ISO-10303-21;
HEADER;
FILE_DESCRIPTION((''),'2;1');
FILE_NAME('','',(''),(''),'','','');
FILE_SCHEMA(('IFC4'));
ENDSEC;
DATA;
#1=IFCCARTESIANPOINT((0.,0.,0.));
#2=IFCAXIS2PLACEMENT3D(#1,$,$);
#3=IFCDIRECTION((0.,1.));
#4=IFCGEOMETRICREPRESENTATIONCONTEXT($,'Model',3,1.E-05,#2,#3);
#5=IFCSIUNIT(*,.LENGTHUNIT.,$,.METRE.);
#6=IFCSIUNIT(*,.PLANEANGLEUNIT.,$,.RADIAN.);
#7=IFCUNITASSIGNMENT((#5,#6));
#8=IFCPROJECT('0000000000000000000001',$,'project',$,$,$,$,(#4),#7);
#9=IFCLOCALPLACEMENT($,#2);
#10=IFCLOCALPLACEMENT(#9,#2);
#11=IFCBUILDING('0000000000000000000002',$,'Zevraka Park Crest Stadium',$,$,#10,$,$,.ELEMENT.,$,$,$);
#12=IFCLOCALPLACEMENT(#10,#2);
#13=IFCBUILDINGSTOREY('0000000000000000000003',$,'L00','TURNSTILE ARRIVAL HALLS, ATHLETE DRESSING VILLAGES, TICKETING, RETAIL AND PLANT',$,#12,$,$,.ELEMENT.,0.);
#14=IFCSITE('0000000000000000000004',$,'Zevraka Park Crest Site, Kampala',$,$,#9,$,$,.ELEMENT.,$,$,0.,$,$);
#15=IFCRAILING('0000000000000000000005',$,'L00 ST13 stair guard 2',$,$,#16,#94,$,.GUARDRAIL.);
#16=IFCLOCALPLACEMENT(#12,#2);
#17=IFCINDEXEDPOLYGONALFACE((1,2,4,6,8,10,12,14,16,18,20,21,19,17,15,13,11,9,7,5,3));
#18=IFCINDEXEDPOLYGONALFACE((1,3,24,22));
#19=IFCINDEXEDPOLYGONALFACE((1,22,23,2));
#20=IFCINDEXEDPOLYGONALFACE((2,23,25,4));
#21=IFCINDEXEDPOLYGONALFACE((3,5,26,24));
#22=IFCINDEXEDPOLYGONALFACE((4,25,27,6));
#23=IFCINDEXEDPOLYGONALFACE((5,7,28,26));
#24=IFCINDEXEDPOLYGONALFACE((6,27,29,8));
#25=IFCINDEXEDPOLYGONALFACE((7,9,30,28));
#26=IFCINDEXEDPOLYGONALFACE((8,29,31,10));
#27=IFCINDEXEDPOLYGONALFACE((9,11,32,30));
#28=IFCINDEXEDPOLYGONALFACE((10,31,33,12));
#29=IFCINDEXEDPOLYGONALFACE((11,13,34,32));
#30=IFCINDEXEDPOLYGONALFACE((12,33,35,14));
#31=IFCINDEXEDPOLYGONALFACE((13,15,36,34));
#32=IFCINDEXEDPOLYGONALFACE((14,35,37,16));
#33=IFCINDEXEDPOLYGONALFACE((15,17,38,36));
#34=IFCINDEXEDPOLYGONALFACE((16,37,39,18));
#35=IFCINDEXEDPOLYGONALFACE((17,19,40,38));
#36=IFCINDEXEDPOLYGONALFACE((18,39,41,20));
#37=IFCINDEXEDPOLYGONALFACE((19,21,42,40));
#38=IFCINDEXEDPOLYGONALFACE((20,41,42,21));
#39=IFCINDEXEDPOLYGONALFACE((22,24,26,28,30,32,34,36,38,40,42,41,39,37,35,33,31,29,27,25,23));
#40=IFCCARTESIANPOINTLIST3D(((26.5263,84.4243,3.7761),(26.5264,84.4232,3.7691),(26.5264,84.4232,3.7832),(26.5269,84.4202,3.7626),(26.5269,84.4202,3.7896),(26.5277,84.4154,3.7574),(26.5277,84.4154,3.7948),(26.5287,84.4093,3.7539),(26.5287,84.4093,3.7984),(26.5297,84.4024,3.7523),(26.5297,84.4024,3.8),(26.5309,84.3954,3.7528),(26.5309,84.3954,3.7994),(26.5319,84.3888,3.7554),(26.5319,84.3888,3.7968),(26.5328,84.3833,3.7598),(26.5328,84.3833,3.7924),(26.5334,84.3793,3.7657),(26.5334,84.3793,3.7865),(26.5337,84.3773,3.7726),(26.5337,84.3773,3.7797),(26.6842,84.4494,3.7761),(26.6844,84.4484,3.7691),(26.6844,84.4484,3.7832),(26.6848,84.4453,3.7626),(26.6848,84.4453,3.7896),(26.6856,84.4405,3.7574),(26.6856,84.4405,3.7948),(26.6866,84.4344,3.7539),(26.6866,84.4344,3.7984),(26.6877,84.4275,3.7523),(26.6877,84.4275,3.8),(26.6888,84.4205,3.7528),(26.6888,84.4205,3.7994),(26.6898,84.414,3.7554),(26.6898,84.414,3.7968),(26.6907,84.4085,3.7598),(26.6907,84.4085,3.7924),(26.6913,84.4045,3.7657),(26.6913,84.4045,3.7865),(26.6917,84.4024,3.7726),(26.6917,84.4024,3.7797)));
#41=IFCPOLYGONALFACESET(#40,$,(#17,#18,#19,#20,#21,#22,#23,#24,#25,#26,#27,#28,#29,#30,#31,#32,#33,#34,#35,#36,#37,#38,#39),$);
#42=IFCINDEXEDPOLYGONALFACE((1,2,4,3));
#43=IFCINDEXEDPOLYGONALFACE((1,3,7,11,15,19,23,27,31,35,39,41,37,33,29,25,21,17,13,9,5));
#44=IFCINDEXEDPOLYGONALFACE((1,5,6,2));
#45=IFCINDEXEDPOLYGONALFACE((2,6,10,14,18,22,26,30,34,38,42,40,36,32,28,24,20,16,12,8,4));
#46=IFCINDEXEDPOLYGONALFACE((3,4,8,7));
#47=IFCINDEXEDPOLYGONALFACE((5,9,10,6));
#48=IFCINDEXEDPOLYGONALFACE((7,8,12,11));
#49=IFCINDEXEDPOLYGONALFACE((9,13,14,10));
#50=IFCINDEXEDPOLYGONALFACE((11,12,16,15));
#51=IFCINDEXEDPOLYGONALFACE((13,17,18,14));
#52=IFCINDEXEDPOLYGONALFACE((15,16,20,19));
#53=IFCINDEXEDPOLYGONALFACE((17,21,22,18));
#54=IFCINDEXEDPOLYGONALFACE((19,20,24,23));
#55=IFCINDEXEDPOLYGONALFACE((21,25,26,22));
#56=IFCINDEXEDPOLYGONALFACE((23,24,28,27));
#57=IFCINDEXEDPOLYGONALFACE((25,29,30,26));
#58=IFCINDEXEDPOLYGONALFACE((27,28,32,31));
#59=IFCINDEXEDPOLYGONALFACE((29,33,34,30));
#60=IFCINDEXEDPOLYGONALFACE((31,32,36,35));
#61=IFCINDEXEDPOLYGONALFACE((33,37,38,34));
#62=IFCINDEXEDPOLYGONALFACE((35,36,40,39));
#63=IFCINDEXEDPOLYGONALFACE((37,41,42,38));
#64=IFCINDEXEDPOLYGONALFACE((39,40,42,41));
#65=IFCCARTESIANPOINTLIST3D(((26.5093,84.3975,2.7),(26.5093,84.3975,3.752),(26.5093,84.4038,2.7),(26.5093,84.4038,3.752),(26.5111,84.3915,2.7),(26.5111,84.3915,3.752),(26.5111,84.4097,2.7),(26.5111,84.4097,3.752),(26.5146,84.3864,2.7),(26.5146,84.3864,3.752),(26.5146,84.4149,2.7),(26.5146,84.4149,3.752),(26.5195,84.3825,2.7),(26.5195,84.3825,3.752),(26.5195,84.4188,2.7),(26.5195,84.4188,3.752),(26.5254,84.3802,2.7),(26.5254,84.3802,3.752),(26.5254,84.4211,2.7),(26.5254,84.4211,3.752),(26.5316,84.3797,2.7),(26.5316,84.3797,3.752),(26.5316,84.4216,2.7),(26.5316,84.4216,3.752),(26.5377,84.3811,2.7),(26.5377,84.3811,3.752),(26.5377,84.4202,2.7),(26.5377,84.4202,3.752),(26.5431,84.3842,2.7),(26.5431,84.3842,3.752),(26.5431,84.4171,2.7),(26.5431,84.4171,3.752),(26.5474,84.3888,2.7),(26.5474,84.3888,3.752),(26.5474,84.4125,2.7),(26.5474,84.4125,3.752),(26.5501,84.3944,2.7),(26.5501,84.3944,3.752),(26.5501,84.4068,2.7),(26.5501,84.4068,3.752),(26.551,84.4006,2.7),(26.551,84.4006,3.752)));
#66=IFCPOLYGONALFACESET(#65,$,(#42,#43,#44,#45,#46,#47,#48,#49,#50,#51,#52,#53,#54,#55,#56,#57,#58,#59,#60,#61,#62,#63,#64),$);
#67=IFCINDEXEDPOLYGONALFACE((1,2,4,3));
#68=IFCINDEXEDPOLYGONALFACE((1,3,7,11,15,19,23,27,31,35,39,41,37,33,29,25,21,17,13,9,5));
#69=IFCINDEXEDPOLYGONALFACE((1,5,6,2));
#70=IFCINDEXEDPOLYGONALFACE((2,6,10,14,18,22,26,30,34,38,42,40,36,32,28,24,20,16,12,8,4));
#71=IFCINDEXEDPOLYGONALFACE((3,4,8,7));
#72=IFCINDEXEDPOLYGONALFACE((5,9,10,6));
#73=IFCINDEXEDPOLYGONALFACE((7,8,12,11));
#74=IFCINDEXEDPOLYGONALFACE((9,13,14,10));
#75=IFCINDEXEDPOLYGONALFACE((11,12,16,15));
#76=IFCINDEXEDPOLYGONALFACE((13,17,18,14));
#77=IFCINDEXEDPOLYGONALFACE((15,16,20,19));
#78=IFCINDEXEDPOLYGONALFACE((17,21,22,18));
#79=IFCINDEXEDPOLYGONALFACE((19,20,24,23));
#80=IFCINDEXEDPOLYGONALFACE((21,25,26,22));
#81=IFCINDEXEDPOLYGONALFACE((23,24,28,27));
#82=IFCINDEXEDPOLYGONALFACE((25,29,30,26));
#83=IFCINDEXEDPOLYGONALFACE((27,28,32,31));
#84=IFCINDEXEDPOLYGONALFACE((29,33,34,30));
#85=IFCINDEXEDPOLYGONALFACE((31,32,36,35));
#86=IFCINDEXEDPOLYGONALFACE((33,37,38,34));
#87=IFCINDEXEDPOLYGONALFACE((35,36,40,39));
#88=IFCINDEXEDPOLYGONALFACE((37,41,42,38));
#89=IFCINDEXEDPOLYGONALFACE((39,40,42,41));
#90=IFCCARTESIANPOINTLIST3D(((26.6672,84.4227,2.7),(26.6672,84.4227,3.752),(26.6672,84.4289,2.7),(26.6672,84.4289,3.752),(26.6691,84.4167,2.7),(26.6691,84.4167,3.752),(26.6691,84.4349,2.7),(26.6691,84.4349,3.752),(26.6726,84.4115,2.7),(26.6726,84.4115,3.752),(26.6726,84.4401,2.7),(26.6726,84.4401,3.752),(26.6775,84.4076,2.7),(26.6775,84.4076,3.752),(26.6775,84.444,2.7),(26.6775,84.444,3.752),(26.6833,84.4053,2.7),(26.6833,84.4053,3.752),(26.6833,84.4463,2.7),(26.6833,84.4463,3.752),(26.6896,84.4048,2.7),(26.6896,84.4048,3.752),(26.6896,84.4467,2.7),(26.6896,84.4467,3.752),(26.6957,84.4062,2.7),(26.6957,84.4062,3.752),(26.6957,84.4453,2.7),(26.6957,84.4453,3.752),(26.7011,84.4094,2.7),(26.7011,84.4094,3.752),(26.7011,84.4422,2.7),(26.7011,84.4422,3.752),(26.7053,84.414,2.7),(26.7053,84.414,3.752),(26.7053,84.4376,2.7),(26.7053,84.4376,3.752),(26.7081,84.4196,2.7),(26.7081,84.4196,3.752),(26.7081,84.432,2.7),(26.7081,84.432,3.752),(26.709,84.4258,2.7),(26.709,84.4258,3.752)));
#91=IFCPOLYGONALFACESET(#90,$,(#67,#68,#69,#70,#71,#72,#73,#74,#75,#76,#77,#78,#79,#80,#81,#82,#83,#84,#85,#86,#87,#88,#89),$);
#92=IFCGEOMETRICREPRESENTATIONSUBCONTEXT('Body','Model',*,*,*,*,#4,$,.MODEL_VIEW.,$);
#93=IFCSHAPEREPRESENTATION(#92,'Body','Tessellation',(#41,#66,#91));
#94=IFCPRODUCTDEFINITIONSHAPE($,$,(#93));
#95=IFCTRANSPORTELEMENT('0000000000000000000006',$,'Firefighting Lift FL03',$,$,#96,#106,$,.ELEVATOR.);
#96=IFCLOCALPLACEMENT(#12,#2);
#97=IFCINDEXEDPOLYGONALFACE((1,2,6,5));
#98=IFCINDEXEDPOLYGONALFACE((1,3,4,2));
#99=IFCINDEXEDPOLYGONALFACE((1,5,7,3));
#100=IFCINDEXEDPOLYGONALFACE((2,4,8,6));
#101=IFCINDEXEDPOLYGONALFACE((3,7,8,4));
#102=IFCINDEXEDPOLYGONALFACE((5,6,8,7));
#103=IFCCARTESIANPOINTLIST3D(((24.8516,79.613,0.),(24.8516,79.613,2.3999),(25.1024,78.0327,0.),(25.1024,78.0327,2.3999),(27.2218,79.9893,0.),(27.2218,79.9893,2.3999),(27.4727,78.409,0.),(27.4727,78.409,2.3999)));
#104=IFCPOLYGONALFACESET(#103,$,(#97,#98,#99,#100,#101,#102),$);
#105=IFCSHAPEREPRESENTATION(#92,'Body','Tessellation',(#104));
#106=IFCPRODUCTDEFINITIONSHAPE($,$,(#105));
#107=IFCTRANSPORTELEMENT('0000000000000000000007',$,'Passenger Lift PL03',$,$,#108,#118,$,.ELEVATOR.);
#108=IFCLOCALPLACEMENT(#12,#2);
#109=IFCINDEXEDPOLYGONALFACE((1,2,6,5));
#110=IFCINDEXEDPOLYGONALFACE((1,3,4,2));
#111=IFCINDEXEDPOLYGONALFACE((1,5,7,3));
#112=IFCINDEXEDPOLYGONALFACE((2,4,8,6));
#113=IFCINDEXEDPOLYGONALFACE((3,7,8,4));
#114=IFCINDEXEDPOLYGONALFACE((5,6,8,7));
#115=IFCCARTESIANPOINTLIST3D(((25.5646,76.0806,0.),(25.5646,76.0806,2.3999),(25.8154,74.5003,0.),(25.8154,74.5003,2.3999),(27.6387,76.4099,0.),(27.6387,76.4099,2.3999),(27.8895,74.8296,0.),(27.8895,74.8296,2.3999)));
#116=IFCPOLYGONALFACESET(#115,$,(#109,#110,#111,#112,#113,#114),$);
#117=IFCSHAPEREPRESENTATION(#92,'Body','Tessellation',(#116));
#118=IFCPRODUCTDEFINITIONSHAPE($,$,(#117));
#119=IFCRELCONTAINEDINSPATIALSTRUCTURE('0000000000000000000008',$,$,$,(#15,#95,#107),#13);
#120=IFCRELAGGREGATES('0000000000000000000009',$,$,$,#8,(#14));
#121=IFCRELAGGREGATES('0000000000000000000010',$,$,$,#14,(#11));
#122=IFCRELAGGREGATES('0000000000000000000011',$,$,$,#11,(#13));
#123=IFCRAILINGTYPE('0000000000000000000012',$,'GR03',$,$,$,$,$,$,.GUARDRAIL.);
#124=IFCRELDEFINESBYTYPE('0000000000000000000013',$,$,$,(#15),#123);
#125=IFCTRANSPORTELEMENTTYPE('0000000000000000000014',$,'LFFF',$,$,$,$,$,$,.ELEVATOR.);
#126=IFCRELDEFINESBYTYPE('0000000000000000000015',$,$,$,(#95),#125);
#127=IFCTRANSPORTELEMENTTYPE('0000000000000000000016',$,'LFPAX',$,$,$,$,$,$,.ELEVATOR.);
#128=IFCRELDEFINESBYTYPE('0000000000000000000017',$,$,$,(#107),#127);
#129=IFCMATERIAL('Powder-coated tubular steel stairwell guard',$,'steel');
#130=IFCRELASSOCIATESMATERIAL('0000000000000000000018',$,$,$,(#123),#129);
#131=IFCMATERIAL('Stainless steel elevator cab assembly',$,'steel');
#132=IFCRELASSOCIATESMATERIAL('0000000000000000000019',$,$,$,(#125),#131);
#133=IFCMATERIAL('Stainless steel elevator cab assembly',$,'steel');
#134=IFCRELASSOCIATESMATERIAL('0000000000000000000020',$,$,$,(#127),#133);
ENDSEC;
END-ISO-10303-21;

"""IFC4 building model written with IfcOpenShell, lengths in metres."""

from ifc_helpers import new_model, si_unit, direction, frame, origin, origin_2d, place, context, subcontext, project, spatial, rectangle, circle, extrude, material, type_object, element, save


model = new_model("IFC4")

# Units and contexts
model_context = context("Model", 3, precision=1e-05, world=origin(), true_north=direction((0.0, 1.0)))
body_context = subcontext(model_context, "Body", "Model", "MODEL_VIEW")
ifc_project = project(units=[si_unit("LENGTHUNIT", "METRE"), si_unit("PLANEANGLEUNIT", "RADIAN")], contexts=[model_context])

# Site, building, storey
site_placement = place(None, origin())
site = spatial("IfcSite", under=ifc_project, at=site_placement, Name="Zevraka Park Crest Site, Kampala", CompositionType="ELEMENT", RefElevation=0.0)
building_placement = place(site_placement, origin())
building = spatial("IfcBuilding", under=site, at=building_placement, Name="Zevraka Park Crest Stadium", CompositionType="ELEMENT")
storey_placement = place(building_placement, origin())
storey = spatial("IfcBuildingStorey", under=building, at=storey_placement, Name="L00", Description="TURNSTILE ARRIVAL HALLS, ATHLETE DRESSING VILLAGES, TICKETING, RETAIL AND PLANT", CompositionType="ELEMENT", Elevation=0.0)

# Railing
ifc_material_1 = material(Name="Powder-coated tubular steel stairwell guard", Category="steel")
railing_type = type_object("IfcRailingType", Name="GR03", PredefinedType="GUARDRAIL", material=ifc_material_1)
railing_1_placement = place(storey_placement, frame((26.53, 84.4006, 2.7)))
element("IfcRailing", 1, at=railing_1_placement, inside=storey, type_object=railing_type, Name="L00 ST13 stair guard 2", PredefinedType="GUARDRAIL", context=body_context, shape_type="SweptSolid", body=[
    extrude(circle(Radius=0.0239, at=origin_2d()), frame((0.0, 0.0, 1.0762), z_axis=(0.987564, 0.157217, 0.0), x_axis=(-0.157217, 0.987564, 0.0)), (0.0, 0.0, 1.0), 0.1599),
    extrude(circle(Radius=0.021, at=origin_2d()), origin(), (0.0, 0.0, 1.0), 1.052),
    extrude(circle(Radius=0.021, at=origin_2d()), frame((0.158, 0.0251, 0.0)), (0.0, 0.0, 1.0), 1.052),
])

# Transport elements
ifc_material_2 = material(Name="Stainless steel elevator cab assembly", Category="steel")
transport_element_type_1 = type_object("IfcTransportElementType", Name="LFFF", PredefinedType="ELEVATOR", material=ifc_material_2)
transport_element_1_placement = place(storey_placement, frame((26.1621, 79.011, 0.0), z_axis=(0.0, 0.0, 1.0), x_axis=(0.156786, -0.987633, 0.0)))
element("IfcTransportElement", 2, at=transport_element_1_placement, inside=storey, type_object=transport_element_type_1, Name="Firefighting Lift FL03", PredefinedType="ELEVATOR", context=body_context, shape_type="SweptSolid", body=[
    extrude(rectangle(XDim=1.6001, YDim=2.3999, at=origin_2d()), origin(), (0.0, 0.0, 1.0), 2.3999),
])
ifc_material_3 = material(Name="Stainless steel elevator cab assembly", Category="steel")
transport_element_type_2 = type_object("IfcTransportElementType", Name="LFPAX", PredefinedType="ELEVATOR", material=ifc_material_3)
transport_element_2_placement = place(storey_placement, frame((26.7271, 75.4551, 0.0), z_axis=(0.0, 0.0, 1.0), x_axis=(0.156786, -0.987633, 0.0)))
element("IfcTransportElement", 3, at=transport_element_2_placement, inside=storey, type_object=transport_element_type_2, Name="Passenger Lift PL03", PredefinedType="ELEVATOR", context=body_context, shape_type="SweptSolid", body=[
    extrude(rectangle(XDim=1.6001, YDim=2.1001, at=origin_2d()), origin(), (0.0, 0.0, 1.0), 2.3999),
])

save(model, "model.ifc")
